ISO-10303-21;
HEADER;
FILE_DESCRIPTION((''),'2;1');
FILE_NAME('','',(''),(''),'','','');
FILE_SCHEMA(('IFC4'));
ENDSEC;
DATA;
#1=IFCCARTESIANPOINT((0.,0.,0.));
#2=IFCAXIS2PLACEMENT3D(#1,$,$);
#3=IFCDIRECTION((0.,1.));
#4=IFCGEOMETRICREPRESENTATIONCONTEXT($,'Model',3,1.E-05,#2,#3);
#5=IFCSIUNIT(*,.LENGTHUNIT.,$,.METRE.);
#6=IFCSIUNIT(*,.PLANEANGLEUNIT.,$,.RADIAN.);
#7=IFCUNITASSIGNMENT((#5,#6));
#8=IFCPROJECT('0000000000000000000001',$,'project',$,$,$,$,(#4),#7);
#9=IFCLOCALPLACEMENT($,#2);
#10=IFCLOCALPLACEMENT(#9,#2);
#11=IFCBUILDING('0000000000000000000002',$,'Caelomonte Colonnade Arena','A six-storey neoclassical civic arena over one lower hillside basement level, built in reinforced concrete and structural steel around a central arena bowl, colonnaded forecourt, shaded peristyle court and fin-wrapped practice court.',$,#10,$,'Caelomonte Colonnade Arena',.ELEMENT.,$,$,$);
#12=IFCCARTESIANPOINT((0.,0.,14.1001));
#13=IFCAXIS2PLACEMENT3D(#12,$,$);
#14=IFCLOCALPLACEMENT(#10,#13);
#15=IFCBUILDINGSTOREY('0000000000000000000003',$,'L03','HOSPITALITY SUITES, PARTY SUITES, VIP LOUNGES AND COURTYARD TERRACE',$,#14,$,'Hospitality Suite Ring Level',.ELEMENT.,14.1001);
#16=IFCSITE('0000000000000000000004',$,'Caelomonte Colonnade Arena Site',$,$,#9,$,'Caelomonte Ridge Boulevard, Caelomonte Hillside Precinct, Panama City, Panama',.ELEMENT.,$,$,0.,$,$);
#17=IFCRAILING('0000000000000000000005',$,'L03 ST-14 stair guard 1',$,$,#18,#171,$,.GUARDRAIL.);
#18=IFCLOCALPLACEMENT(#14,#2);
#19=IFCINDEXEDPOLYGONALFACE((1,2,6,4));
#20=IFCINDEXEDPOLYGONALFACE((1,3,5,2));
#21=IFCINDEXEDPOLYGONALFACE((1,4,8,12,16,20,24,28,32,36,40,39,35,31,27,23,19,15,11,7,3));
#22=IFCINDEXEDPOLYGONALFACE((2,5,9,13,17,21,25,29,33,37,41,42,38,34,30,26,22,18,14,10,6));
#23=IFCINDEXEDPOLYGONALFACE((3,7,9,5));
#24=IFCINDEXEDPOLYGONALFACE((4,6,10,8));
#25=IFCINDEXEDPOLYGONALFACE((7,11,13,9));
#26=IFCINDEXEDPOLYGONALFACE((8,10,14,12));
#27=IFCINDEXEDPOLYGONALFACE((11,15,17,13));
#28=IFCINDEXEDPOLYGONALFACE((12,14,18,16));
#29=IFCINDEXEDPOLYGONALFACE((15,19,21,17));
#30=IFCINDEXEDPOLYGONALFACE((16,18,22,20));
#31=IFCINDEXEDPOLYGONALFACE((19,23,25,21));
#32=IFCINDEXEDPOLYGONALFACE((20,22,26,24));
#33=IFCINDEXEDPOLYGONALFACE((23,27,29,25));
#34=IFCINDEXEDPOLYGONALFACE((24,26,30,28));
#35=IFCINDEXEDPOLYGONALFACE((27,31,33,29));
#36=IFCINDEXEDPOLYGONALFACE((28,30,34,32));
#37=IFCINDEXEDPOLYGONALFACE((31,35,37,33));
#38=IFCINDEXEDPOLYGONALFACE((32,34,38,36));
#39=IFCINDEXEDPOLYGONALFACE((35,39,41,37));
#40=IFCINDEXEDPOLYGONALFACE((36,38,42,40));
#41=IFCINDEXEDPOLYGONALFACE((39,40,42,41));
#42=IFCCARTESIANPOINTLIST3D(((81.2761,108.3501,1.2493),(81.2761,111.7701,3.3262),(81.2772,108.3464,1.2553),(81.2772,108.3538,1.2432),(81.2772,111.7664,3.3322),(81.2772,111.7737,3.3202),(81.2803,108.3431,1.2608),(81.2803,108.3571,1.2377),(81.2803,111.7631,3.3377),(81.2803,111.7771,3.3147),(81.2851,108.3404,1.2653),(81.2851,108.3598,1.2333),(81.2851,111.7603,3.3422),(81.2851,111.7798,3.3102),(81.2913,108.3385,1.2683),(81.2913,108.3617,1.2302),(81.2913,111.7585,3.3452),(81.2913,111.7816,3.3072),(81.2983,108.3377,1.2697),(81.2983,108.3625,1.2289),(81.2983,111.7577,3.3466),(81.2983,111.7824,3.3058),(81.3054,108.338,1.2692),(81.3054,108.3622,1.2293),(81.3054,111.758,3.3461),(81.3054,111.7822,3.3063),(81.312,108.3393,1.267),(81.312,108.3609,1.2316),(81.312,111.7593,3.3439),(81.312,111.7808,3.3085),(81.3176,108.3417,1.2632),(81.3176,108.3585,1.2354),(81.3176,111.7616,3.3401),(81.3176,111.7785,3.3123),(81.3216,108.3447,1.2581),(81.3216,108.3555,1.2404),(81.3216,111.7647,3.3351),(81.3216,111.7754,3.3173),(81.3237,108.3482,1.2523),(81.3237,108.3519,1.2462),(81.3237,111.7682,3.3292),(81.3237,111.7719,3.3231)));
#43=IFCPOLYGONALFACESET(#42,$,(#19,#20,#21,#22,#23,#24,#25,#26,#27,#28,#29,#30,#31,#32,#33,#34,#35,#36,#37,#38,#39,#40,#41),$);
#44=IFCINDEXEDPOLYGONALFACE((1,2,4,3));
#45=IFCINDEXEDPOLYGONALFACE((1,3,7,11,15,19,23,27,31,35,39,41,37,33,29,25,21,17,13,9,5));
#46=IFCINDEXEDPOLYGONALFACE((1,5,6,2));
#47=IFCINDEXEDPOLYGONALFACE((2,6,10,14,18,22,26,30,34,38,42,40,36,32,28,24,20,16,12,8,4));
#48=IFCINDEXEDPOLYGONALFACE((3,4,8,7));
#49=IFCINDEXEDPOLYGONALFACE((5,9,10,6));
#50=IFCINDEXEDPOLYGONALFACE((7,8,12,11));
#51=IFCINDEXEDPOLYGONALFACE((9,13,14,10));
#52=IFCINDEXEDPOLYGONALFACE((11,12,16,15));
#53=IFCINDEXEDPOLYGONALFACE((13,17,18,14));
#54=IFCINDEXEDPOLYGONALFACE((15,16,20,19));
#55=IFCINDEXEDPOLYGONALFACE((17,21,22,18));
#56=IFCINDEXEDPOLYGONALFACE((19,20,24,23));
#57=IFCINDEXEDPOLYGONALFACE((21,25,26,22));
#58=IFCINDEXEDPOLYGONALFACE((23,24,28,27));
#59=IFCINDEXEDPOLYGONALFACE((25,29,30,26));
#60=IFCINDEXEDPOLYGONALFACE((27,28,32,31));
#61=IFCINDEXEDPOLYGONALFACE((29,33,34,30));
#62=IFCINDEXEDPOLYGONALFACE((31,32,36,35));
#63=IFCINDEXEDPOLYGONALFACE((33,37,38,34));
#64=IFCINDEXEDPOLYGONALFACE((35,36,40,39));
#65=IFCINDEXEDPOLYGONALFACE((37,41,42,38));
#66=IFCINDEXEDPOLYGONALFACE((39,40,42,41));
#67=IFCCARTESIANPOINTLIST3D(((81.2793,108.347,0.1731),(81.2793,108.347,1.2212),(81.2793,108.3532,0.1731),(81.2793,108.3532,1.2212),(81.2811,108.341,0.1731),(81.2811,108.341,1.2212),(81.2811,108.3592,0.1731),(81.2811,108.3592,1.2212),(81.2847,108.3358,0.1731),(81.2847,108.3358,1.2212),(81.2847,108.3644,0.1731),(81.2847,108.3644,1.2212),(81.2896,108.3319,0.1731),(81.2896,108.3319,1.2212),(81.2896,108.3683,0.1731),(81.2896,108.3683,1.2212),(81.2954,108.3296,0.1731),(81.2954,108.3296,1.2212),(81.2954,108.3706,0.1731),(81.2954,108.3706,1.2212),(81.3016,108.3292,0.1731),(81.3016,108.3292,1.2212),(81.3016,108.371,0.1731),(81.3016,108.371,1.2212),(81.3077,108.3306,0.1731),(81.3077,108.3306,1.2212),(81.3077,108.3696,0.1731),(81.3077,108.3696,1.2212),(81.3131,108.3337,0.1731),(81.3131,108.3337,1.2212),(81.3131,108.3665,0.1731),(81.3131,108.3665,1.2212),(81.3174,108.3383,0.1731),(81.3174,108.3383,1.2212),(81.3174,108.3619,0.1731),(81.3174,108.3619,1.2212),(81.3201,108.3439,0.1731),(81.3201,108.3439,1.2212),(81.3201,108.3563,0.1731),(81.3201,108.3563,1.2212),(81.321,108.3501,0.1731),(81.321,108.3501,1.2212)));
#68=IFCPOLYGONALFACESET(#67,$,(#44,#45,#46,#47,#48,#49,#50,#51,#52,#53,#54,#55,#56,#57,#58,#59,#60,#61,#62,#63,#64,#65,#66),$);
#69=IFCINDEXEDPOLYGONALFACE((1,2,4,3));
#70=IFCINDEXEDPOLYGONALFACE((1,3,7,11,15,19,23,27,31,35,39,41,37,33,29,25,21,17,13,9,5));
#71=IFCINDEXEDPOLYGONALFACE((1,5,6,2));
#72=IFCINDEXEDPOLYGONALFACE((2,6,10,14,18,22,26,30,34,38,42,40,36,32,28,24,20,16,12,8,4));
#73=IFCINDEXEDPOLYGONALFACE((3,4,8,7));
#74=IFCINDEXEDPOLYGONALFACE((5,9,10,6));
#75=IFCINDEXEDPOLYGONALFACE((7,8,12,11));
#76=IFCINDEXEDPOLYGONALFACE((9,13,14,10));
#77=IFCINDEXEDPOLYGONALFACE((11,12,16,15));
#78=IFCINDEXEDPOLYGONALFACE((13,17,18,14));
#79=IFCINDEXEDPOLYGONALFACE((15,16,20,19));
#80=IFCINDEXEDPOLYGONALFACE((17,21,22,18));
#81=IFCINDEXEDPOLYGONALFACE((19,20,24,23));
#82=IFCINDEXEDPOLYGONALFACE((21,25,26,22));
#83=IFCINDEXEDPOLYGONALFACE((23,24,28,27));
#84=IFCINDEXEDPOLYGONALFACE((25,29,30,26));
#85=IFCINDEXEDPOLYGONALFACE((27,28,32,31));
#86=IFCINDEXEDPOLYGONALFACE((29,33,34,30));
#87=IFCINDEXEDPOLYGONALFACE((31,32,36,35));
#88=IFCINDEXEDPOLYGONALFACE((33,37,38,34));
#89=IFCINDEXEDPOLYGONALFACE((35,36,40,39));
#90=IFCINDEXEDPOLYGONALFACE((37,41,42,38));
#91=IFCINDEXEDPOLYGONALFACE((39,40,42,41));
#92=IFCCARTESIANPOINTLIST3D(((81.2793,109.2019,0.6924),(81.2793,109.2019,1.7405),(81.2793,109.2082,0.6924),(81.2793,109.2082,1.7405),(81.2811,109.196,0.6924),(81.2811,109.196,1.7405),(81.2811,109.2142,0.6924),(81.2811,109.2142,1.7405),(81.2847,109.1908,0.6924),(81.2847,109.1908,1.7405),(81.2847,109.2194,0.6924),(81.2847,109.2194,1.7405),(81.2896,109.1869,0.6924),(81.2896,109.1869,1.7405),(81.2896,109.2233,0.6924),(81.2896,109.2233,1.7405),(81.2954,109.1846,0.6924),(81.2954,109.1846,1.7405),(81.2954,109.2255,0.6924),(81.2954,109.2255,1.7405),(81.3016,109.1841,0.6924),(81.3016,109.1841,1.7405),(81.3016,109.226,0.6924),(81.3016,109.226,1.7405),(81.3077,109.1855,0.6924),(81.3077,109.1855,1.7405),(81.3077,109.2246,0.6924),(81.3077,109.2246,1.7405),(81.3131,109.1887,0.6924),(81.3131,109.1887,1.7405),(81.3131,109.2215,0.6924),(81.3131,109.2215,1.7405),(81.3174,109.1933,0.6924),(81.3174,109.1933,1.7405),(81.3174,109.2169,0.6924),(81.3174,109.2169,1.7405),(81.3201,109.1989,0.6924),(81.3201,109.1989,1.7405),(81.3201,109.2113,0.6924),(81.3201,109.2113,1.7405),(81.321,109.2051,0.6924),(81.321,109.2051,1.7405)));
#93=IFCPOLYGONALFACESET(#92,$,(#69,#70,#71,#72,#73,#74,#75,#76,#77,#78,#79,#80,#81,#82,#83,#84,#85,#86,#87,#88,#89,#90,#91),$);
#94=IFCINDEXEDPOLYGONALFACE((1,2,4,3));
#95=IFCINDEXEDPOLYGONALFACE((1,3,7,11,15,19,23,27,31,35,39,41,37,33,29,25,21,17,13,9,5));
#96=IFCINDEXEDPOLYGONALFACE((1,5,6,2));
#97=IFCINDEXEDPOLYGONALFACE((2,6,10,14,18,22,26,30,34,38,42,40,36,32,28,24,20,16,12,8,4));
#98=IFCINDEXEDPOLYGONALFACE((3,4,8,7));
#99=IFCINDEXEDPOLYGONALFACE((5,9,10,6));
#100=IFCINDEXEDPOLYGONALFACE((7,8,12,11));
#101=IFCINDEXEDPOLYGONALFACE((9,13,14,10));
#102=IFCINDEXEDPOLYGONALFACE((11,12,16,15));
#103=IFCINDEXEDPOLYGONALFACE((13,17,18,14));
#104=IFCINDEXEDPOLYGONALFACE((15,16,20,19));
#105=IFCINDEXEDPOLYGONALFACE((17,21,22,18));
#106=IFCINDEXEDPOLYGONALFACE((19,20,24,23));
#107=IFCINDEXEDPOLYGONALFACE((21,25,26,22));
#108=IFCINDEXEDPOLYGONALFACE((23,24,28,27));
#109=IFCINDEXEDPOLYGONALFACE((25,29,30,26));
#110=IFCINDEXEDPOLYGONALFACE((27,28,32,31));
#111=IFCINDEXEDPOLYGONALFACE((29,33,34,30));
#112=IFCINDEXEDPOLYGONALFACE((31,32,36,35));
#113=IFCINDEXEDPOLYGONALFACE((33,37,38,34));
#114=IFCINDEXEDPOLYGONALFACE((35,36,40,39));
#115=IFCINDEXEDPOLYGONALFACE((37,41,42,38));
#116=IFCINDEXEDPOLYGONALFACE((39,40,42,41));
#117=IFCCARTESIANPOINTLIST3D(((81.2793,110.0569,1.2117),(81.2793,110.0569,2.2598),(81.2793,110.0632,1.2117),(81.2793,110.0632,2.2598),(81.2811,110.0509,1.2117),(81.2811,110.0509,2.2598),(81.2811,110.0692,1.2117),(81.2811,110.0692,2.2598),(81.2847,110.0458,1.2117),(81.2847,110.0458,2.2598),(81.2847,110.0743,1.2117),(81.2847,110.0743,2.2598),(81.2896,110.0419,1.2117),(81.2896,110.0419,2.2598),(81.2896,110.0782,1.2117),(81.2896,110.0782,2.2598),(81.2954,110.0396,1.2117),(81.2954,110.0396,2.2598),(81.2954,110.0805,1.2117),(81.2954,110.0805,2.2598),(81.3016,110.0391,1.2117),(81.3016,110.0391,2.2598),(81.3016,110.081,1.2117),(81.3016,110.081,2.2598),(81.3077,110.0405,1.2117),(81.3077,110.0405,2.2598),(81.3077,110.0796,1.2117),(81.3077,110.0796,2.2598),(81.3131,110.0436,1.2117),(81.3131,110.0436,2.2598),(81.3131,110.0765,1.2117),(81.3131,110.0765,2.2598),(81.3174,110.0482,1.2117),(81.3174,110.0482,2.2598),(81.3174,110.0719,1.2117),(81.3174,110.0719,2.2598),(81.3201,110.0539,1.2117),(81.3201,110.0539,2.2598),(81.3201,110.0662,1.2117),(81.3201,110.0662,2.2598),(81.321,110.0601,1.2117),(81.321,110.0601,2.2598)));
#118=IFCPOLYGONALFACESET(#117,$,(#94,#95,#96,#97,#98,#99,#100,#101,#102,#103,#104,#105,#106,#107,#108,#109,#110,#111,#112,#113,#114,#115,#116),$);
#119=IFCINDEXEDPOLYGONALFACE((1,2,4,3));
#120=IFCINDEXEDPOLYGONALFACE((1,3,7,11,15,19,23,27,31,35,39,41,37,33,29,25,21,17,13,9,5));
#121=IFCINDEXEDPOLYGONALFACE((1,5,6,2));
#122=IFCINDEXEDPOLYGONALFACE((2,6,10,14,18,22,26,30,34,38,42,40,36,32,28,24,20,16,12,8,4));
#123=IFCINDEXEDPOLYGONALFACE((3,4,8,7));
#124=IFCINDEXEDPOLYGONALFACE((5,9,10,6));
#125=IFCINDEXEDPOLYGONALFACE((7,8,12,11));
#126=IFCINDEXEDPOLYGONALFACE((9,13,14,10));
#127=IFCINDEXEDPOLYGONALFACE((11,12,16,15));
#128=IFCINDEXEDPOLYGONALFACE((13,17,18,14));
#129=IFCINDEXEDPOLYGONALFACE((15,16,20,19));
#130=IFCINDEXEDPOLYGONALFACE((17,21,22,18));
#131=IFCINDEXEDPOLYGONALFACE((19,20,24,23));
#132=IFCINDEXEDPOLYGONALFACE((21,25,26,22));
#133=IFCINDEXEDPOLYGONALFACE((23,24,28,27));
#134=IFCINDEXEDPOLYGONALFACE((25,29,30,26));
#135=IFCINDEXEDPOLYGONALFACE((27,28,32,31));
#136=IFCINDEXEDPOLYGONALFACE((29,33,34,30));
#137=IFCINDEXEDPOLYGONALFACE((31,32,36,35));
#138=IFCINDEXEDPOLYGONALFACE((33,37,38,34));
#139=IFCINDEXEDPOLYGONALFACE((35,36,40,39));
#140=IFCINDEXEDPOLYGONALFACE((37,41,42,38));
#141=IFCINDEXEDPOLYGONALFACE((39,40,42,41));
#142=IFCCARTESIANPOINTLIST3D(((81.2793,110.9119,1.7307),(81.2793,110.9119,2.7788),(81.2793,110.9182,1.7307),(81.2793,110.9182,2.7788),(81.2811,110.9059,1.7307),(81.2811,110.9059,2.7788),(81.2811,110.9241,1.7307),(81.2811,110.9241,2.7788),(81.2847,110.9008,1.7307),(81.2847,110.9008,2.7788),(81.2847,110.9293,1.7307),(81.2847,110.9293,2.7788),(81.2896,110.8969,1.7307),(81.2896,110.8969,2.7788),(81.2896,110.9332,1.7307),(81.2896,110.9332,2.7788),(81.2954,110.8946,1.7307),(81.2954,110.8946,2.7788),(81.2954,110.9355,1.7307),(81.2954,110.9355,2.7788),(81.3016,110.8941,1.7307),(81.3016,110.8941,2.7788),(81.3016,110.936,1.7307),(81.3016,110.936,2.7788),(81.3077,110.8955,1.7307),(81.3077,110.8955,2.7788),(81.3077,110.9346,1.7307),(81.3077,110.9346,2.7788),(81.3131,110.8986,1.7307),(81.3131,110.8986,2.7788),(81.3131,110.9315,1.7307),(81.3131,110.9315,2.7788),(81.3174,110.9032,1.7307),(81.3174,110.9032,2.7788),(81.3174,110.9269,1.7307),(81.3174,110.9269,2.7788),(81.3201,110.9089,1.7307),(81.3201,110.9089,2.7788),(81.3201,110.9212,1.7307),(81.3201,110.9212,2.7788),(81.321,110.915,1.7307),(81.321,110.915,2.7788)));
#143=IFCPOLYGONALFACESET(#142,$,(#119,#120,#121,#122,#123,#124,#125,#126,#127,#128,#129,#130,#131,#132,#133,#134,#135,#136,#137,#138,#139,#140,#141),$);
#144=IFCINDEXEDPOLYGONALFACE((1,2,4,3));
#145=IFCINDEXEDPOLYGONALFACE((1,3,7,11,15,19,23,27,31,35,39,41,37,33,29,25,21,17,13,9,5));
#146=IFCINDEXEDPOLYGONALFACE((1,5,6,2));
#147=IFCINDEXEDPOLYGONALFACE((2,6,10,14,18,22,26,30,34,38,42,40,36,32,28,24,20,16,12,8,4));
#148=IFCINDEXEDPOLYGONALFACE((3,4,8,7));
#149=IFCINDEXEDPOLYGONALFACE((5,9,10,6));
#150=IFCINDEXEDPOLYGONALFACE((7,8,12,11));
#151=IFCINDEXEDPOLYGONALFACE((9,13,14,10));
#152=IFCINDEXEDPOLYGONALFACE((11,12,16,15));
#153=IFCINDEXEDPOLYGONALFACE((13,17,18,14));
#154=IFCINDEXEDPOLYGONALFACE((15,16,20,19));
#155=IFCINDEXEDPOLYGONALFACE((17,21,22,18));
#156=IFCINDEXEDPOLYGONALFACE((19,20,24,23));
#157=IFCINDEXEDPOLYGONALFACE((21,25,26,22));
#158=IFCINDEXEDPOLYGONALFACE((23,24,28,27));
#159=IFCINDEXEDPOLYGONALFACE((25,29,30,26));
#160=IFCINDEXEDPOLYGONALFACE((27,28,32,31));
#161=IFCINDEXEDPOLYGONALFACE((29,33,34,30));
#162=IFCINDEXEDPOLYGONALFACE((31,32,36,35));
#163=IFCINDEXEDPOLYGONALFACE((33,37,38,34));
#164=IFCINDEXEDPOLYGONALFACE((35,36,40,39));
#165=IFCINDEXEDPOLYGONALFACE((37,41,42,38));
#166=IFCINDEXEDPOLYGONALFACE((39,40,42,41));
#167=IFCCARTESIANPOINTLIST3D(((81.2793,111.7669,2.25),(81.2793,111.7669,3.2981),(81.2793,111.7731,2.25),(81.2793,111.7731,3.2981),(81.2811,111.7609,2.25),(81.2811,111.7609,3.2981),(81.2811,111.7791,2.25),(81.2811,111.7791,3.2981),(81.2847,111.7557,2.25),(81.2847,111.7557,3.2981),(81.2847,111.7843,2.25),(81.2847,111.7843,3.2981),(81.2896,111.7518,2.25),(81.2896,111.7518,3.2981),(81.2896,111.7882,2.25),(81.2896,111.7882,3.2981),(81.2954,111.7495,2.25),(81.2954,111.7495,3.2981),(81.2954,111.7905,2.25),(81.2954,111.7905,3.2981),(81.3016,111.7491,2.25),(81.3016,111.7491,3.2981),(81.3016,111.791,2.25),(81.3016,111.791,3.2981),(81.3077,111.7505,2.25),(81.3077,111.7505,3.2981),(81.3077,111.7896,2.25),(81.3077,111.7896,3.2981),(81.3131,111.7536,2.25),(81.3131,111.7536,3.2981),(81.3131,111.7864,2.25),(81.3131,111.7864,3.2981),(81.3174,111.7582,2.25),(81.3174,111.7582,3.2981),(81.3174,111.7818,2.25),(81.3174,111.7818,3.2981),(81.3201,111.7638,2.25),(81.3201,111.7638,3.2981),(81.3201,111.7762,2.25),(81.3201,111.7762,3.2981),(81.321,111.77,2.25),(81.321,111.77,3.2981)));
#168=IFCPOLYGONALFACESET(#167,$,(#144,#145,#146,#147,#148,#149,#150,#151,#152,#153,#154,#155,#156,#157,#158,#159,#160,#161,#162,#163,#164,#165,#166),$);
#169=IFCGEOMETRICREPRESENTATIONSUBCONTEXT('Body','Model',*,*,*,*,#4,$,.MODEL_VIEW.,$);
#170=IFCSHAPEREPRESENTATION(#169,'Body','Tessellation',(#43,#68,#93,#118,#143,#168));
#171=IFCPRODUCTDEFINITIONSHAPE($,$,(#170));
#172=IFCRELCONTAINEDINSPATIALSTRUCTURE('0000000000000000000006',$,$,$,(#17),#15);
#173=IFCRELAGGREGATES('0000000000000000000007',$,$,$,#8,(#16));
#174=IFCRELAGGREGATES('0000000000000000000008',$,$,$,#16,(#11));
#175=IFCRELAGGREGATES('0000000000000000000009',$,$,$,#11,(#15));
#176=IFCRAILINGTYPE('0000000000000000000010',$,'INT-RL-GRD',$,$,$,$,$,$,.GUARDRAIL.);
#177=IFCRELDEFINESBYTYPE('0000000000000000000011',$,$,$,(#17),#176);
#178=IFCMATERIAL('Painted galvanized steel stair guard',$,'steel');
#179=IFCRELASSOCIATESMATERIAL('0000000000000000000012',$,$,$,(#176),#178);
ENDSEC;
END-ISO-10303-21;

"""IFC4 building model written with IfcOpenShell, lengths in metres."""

from ifc_helpers import new_model, si_unit, direction, frame, origin, origin_2d, place, context, subcontext, project, spatial, circle, extrude, material, type_object, element, save


model = new_model("IFC4")

# Units and contexts
model_context = context("Model", 3, precision=1e-05, world=origin(), true_north=direction((0.0, 1.0)))
body_context = subcontext(model_context, "Body", "Model", "MODEL_VIEW")
ifc_project = project(units=[si_unit("LENGTHUNIT", "METRE"), si_unit("PLANEANGLEUNIT", "RADIAN")], contexts=[model_context])

# Site, building, storey
site_placement = place(None, origin())
site = spatial("IfcSite", under=ifc_project, at=site_placement, Name="Caelomonte Colonnade Arena Site", LongName="Caelomonte Ridge Boulevard, Caelomonte Hillside Precinct, Panama City, Panama", CompositionType="ELEMENT", RefElevation=0.0)
building_placement = place(site_placement, origin())
building = spatial("IfcBuilding", under=site, at=building_placement, Name="Caelomonte Colonnade Arena", Description="A six-storey neoclassical civic arena over one lower hillside basement level, built in reinforced concrete and structural steel around a central arena bowl, colonnaded forecourt, shaded peristyle court and fin-wrapped practice court.", LongName="Caelomonte Colonnade Arena", CompositionType="ELEMENT")
storey_placement = place(building_placement, frame((0.0, 0.0, 14.1001)))
storey = spatial("IfcBuildingStorey", under=building, at=storey_placement, Name="L03", Description="HOSPITALITY SUITES, PARTY SUITES, VIP LOUNGES AND COURTYARD TERRACE", LongName="Hospitality Suite Ring Level", CompositionType="ELEMENT", Elevation=14.1001)

# Railing
ifc_material_1 = material(Name="Painted galvanized steel stair guard", Category="steel")
railing_type_1 = type_object("IfcRailingType", Name="INT-RL-GRD", PredefinedType="GUARDRAIL", material=ifc_material_1)
railing_1_placement = place(storey_placement, frame((81.3, 108.3501, 0.1731)))
element("IfcRailing", 1, at=railing_1_placement, inside=storey, type_object=railing_type_1, Name="L03 ST-14 stair guard 1", PredefinedType="GUARDRAIL", context=body_context, shape_type="SweptSolid", body=[
    extrude(circle(Radius=0.0239, at=origin_2d()), frame((0.0, 0.0, 1.0762), z_axis=(0.0, 0.85473, 0.519074), x_axis=(-1.0, 0.0, 0.0)), (0.0, 0.0, 1.0), 4.0012),
    extrude(circle(Radius=0.021, at=origin_2d()), origin(), (0.0, 0.0, 1.0), 1.0481),
    extrude(circle(Radius=0.021, at=origin_2d()), frame((0.0, 0.855, 0.5193)), (0.0, 0.0, 1.0), 1.0481),
    extrude(circle(Radius=0.021, at=origin_2d()), frame((0.0, 1.71, 1.0386)), (0.0, 0.0, 1.0), 1.0481),
    extrude(circle(Radius=0.021, at=origin_2d()), frame((0.0, 2.5649, 1.5576)), (0.0, 0.0, 1.0), 1.0481),
    extrude(circle(Radius=0.021, at=origin_2d()), frame((0.0, 3.4199, 2.0769)), (0.0, 0.0, 1.0), 1.0481),
])

save(model, "model.ifc")
